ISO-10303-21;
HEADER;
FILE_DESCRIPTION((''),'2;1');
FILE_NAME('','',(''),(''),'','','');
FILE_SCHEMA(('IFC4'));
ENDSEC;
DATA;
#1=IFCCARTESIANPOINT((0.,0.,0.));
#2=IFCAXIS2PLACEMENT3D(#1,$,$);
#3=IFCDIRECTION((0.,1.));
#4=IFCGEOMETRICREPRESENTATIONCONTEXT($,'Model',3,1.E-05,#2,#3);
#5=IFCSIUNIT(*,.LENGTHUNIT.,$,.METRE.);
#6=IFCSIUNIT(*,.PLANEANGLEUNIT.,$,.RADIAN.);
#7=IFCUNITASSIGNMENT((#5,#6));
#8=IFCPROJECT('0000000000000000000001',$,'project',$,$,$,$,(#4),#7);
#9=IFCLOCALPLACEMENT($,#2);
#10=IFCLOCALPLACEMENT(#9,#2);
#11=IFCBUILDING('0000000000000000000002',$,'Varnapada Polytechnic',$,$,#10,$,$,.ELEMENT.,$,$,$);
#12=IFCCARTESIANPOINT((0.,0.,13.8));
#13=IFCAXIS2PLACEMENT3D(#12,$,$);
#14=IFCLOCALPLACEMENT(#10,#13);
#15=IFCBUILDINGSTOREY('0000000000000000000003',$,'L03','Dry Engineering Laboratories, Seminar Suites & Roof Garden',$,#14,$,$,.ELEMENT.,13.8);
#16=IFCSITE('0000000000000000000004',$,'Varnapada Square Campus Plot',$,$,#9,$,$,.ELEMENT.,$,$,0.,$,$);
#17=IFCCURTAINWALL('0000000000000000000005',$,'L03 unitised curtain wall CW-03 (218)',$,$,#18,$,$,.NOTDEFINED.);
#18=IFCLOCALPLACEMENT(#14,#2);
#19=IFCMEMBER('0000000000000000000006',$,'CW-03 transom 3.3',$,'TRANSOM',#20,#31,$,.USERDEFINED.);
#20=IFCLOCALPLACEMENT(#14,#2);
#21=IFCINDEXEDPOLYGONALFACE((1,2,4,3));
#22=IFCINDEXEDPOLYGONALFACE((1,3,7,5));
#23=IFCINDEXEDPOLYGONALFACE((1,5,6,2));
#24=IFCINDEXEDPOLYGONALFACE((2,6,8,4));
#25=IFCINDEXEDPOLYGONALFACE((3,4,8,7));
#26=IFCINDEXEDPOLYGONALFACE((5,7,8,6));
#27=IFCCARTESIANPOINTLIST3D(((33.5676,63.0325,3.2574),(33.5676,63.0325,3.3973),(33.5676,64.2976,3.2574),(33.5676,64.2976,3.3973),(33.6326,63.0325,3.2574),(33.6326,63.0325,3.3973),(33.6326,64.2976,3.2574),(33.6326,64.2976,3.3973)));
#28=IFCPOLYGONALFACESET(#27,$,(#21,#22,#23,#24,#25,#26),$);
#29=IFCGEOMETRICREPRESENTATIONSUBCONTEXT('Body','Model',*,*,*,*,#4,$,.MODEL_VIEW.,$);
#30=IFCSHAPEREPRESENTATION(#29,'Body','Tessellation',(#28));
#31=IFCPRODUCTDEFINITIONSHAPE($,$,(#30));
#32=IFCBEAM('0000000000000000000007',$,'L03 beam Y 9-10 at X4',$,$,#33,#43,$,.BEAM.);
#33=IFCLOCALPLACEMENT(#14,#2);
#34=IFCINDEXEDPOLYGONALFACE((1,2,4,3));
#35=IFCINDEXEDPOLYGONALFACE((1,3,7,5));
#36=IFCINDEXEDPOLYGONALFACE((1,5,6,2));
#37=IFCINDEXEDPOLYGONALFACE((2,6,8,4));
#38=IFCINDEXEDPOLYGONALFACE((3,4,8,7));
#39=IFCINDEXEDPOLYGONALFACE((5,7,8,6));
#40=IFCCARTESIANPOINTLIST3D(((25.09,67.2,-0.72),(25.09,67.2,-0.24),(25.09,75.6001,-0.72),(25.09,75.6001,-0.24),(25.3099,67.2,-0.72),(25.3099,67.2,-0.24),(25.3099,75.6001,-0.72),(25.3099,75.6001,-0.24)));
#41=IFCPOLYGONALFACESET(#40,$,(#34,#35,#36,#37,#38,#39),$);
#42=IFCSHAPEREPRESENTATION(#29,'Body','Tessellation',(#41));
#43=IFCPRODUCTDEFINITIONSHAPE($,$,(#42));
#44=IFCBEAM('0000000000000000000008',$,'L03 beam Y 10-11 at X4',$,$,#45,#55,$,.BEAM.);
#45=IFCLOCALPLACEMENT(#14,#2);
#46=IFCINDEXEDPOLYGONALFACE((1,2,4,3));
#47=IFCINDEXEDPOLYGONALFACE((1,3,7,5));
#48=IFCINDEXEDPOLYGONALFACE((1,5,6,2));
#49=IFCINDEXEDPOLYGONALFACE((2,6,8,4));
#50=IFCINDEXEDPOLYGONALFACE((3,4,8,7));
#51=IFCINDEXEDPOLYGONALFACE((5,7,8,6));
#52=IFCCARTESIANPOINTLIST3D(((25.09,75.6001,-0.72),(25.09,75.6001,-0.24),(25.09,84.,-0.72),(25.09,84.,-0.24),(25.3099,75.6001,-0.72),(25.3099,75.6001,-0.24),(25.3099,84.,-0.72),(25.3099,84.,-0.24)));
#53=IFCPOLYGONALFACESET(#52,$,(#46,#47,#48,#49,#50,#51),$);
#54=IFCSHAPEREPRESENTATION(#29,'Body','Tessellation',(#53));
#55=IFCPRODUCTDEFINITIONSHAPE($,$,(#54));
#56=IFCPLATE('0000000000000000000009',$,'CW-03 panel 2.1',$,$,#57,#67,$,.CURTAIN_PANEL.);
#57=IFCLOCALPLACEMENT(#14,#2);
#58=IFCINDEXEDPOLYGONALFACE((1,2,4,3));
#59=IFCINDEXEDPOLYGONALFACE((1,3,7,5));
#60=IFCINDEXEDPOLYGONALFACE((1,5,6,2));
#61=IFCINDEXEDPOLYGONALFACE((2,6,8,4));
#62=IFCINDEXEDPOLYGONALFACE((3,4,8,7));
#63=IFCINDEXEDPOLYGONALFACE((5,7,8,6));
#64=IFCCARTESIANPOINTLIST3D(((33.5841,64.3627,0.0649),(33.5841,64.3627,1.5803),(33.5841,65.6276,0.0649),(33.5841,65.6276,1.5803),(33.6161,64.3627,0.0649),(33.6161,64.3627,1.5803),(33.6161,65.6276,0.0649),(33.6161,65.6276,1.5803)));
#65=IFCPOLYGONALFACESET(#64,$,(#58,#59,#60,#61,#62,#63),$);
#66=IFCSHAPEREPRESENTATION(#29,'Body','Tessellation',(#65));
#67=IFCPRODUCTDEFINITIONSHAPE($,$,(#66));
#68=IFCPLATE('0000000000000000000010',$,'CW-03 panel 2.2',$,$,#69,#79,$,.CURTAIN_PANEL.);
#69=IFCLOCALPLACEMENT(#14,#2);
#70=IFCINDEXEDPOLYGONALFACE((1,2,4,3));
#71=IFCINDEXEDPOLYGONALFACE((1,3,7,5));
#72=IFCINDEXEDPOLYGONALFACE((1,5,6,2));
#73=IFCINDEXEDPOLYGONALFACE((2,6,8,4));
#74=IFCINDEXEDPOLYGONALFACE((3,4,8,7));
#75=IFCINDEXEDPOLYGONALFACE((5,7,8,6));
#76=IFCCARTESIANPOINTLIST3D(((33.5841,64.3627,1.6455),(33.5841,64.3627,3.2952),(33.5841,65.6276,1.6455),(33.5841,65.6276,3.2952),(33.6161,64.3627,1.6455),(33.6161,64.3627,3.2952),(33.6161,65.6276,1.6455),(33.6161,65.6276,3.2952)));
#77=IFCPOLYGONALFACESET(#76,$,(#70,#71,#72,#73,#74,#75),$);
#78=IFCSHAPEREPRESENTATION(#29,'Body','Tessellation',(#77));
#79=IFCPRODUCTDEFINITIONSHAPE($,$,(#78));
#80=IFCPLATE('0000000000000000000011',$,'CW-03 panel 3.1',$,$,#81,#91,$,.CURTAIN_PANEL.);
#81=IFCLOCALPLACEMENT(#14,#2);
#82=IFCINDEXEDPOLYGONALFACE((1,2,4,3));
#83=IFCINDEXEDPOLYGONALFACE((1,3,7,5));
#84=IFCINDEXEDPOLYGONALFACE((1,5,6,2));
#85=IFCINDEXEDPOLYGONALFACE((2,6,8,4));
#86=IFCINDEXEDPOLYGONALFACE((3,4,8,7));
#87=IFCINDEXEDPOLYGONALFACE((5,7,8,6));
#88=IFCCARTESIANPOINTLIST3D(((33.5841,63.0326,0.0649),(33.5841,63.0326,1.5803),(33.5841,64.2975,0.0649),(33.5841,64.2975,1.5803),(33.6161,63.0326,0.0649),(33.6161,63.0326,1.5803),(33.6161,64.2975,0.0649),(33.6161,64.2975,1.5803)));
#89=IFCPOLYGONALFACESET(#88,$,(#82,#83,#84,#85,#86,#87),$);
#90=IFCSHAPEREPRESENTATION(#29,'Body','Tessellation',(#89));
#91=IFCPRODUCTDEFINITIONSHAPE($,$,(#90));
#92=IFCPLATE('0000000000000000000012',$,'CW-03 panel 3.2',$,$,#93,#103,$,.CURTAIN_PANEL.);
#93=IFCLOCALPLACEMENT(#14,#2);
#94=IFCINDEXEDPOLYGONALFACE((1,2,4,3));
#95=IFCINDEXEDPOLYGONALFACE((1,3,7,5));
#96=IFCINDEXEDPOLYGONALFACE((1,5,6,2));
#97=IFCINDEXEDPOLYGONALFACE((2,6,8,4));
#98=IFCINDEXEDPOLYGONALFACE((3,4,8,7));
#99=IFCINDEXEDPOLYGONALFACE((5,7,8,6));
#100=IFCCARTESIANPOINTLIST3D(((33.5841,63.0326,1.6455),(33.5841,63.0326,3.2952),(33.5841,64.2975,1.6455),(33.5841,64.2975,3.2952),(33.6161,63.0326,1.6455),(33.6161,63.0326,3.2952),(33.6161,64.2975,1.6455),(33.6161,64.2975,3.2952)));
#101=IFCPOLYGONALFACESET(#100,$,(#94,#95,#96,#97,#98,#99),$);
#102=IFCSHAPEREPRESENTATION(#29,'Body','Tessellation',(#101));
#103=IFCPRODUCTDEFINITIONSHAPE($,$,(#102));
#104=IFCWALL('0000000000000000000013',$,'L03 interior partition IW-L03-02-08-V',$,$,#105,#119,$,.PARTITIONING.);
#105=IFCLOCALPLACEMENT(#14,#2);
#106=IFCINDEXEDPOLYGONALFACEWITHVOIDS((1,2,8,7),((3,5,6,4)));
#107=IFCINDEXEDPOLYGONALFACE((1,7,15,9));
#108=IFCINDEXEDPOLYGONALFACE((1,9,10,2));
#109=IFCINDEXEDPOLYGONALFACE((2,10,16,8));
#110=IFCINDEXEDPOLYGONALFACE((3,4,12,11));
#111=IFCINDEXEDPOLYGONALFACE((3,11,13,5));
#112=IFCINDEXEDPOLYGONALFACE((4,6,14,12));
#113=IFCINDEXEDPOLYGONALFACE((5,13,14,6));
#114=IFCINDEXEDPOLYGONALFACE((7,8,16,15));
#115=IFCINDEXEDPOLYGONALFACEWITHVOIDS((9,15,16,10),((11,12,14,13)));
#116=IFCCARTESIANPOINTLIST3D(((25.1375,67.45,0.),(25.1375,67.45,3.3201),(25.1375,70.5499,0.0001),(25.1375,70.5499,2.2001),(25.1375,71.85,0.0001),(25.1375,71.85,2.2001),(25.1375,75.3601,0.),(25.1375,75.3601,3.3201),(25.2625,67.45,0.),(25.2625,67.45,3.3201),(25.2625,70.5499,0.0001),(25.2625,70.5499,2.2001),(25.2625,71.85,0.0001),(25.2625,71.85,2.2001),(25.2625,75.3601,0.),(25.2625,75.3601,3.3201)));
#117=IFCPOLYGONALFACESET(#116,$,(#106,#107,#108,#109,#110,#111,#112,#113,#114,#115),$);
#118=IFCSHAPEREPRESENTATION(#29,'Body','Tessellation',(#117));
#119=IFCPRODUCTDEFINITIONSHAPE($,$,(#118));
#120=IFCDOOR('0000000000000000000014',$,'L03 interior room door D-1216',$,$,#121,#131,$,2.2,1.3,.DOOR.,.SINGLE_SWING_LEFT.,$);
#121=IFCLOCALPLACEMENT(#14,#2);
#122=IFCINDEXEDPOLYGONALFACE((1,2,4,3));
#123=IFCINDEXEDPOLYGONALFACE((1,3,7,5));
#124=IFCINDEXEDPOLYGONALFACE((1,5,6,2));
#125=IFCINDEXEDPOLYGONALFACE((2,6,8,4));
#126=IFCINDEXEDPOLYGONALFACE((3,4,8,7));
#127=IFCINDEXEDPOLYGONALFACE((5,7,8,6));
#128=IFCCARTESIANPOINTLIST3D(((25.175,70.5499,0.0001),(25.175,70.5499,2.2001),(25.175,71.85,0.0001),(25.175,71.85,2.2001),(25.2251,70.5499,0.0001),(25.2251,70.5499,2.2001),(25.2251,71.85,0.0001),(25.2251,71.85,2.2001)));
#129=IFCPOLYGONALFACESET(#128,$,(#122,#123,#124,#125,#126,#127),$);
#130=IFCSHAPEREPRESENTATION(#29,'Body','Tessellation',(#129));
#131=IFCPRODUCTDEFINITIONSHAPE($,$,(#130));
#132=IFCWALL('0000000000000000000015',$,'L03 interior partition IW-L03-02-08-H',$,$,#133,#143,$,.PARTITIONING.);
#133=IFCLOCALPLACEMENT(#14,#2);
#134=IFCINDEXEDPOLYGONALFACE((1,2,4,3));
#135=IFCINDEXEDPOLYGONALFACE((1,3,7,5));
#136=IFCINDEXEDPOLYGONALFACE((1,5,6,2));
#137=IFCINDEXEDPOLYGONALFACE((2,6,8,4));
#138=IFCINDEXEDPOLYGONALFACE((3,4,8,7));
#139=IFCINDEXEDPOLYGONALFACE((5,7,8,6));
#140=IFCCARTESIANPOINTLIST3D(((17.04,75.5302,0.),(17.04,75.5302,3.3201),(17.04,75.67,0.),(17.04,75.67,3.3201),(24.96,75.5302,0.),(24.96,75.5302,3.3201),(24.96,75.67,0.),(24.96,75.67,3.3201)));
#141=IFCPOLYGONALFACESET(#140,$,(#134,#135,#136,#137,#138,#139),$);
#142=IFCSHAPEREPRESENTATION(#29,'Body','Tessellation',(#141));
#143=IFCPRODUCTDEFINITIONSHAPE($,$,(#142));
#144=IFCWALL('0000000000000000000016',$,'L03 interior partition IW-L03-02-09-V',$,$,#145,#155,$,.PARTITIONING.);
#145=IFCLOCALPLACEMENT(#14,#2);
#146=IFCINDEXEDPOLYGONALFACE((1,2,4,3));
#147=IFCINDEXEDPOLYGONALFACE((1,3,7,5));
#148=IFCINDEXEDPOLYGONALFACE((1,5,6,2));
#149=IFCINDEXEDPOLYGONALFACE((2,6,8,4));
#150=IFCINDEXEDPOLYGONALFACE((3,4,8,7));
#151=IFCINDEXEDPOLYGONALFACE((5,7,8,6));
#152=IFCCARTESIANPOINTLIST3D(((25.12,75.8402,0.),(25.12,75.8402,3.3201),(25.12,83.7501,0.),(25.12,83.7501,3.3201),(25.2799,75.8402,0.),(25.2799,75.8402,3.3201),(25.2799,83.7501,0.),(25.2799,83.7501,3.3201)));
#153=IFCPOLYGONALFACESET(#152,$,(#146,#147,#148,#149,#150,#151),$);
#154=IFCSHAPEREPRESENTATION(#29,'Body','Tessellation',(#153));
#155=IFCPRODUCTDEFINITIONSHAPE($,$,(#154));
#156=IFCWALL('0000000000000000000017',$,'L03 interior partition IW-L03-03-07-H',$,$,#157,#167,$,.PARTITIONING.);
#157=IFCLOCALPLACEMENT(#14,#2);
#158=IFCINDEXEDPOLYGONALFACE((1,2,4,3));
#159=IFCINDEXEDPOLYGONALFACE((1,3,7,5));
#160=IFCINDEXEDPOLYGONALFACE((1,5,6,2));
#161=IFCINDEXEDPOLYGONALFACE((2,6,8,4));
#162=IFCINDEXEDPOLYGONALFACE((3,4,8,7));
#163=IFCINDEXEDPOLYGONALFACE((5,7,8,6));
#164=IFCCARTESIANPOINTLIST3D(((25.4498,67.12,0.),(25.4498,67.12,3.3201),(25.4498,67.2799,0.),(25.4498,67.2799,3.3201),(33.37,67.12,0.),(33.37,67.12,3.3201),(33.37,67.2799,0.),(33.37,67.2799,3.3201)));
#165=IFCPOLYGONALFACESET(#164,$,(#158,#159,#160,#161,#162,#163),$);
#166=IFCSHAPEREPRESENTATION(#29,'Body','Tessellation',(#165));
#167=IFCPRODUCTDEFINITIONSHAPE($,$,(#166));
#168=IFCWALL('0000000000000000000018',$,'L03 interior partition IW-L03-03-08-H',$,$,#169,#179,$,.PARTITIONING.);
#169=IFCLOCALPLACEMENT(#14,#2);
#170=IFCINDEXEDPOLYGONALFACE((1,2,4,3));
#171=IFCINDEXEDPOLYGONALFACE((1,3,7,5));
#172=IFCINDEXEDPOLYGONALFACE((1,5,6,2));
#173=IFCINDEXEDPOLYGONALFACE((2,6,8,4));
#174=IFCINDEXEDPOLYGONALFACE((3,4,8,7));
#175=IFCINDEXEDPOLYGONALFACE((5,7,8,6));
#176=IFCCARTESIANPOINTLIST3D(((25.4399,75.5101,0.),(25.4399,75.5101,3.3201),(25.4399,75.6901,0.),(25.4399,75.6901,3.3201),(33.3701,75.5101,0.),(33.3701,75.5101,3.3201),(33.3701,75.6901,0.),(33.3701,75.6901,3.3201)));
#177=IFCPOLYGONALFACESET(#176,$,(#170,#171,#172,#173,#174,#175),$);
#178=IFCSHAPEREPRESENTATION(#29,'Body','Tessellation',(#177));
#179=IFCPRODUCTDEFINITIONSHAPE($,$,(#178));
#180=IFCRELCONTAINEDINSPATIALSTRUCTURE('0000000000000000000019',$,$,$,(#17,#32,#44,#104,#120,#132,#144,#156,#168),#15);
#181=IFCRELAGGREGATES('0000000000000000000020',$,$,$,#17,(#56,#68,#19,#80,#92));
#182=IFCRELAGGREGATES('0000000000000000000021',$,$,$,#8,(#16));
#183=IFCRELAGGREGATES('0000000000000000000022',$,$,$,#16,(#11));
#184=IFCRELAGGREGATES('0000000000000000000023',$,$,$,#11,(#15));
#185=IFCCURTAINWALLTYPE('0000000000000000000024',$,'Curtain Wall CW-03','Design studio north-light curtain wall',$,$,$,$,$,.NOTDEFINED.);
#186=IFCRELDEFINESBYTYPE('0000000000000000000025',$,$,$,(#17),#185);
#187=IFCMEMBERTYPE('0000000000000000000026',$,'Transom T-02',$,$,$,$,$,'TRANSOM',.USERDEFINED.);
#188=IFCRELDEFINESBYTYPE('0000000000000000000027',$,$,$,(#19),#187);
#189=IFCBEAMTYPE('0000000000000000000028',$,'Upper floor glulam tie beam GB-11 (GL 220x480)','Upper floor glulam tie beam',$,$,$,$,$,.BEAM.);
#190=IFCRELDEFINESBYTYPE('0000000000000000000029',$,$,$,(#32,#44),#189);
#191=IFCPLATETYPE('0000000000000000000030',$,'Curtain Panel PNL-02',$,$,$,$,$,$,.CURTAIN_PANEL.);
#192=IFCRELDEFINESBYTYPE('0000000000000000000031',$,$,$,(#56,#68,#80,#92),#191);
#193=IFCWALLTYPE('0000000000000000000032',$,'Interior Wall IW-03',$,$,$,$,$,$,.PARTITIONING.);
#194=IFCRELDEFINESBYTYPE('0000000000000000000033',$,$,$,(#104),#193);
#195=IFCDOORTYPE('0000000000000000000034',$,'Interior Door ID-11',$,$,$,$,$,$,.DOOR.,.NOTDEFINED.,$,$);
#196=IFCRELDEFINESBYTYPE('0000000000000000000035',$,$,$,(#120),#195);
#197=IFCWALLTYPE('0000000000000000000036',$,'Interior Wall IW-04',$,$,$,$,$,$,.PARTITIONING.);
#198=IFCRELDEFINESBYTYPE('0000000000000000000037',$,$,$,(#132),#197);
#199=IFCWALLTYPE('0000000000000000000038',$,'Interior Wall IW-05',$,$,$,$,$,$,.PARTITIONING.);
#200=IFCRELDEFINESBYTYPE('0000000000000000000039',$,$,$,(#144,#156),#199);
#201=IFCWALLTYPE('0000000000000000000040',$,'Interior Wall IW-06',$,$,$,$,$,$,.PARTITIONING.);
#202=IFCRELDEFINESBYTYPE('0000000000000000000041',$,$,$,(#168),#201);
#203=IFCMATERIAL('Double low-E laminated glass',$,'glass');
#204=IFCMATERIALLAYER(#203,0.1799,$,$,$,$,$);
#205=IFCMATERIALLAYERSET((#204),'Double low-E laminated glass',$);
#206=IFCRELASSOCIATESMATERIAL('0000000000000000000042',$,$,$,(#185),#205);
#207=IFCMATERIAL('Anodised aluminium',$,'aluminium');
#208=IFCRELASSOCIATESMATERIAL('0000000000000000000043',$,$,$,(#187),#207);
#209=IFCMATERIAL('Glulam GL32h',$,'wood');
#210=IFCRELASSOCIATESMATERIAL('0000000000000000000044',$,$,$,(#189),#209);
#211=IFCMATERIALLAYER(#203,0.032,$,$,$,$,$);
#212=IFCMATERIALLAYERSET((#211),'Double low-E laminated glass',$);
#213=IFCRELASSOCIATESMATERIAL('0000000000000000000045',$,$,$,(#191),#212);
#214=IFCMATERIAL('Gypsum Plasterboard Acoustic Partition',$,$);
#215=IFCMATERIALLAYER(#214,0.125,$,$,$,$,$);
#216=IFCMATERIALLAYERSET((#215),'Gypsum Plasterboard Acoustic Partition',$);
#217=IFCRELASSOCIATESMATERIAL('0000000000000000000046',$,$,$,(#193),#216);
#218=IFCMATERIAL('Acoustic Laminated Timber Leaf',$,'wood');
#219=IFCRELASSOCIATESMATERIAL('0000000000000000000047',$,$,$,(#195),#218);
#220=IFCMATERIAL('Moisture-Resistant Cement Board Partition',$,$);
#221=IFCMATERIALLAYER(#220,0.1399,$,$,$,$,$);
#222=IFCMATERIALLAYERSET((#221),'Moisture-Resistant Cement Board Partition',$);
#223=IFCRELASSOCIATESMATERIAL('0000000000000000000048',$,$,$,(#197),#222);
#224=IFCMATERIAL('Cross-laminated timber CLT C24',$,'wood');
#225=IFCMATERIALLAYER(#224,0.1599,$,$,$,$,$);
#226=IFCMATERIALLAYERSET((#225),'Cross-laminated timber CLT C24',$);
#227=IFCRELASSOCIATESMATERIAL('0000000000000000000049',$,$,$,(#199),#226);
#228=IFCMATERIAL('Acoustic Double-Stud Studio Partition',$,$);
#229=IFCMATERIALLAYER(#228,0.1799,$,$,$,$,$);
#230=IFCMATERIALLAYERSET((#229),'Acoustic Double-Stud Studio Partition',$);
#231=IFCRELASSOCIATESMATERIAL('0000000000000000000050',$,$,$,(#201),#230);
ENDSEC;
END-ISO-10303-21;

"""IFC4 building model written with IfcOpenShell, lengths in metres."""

from ifc_helpers import new_model, si_unit, direction, frame, frame_2d, origin, origin_2d, place, context, subcontext, project, spatial, rectangle, extrude, material, layer, layer_set, material_profile, profile_set, type_object, element, fill, aggregate, save


model = new_model("IFC4")

# Units and contexts
model_context = context("Model", 3, precision=1e-05, world=origin(), true_north=direction((0.0, 1.0)))
body_context = subcontext(model_context, "Body", "Model", "MODEL_VIEW")
ifc_project = project(units=[si_unit("LENGTHUNIT", "METRE"), si_unit("PLANEANGLEUNIT", "RADIAN")], contexts=[model_context])

# Site, building, storey
site_placement = place(None, origin())
site = spatial("IfcSite", under=ifc_project, at=site_placement, Name="Varnapada Square Campus Plot", CompositionType="ELEMENT", RefElevation=0.0)
building_placement = place(site_placement, origin())
building = spatial("IfcBuilding", under=site, at=building_placement, Name="Varnapada Polytechnic", CompositionType="ELEMENT")
storey_placement = place(building_placement, frame((0.0, 0.0, 13.8)))
storey = spatial("IfcBuildingStorey", under=building, at=storey_placement, Name="L03", Description="Dry Engineering Laboratories, Seminar Suites & Roof Garden", CompositionType="ELEMENT", Elevation=13.8)

# Shared definitions
ifc_material_1 = material(Name="Glulam GL32h", Category="wood")

# Curtain wall
ifc_material_2 = material(Name="Double low-E laminated glass", Category="glass")
ifc_layer_1 = layer(ifc_material_2, 0.1799)
ifc_layer_set_1 = layer_set([ifc_layer_1], Name="Double low-E laminated glass")
curtain_wall_type = type_object("IfcCurtainWallType", Name="Curtain Wall CW-03", Description="Design studio north-light curtain wall", PredefinedType="NOTDEFINED", material=ifc_layer_set_1)
curtain_wall_placement = place(storey_placement, origin())
curtain_wall = element("IfcCurtainWall", 1, at=curtain_wall_placement, inside=storey, type_object=curtain_wall_type, Name="L03 unitised curtain wall CW-03 (218)", PredefinedType="NOTDEFINED")
ifc_material_3 = material(Name="Anodised aluminium", Category="aluminium")

# Member
ifc_material_profile_1 = material_profile(ifc_material_3, rectangle(XDim=0.0649, YDim=0.1399, at=origin_2d()), Name="ALU T65x140")
ifc_profile_set_1 = profile_set([ifc_material_profile_1], Name="Anodised aluminium")
member_type_1 = type_object("IfcMemberType", Name="Transom T-02", ElementType="TRANSOM", PredefinedType="USERDEFINED", material=ifc_profile_set_1)
member_1_placement = place(storey_placement, frame((33.6001, 64.2976, 3.3274), z_axis=(0.0, -1.0, 0.0), x_axis=(1.0, 0.0, 0.0)))
member_1 = element("IfcMember", 2, at=member_1_placement, type_object=member_type_1, Name="CW-03 transom 3.3", ObjectType="TRANSOM", PredefinedType="USERDEFINED", context=body_context, shape_type="SweptSolid", body=[
    extrude(rectangle(XDim=0.0649, YDim=0.1399, at=origin_2d()), origin(), (0.0, 0.0, 1.0), 1.2651),
])

# Beams
ifc_material_profile_2 = material_profile(ifc_material_1, rectangle(XDim=0.22, YDim=0.48, at=origin_2d()), Name="GL 220x480")
ifc_profile_set_2 = profile_set([ifc_material_profile_2], Name="Glulam GL32h")
beam_type_1 = type_object("IfcBeamType", Name="Upper floor glulam tie beam GB-11 (GL 220x480)", Description="Upper floor glulam tie beam", PredefinedType="BEAM", material=ifc_profile_set_2)
beam_1_placement = place(storey_placement, frame((25.2, 67.2, -0.48), z_axis=(0.0, 1.0, 0.0), x_axis=(-1.0, 0.0, 0.0)))
element("IfcBeam", 3, at=beam_1_placement, inside=storey, type_object=beam_type_1, Name="L03 beam Y 9-10 at X4", PredefinedType="BEAM", context=body_context, shape_type="SweptSolid", body=[
    extrude(rectangle(XDim=0.22, YDim=0.48, at=origin_2d()), origin(), (0.0, 0.0, 1.0), 8.4001),
])
beam_2_placement = place(storey_placement, frame((25.2, 75.6001, -0.48), z_axis=(0.0, 1.0, 0.0), x_axis=(-1.0, 0.0, 0.0)))
element("IfcBeam", 4, at=beam_2_placement, inside=storey, type_object=beam_type_1, Name="L03 beam Y 10-11 at X4", PredefinedType="BEAM", context=body_context, shape_type="SweptSolid", body=[
    extrude(rectangle(XDim=0.22, YDim=0.48, at=origin_2d()), origin(), (0.0, 0.0, 1.0), 8.3999),
])

# Plates
ifc_layer_2 = layer(ifc_material_2, 0.032)
ifc_layer_set_2 = layer_set([ifc_layer_2], Name="Double low-E laminated glass")
plate_type = type_object("IfcPlateType", Name="Curtain Panel PNL-02", PredefinedType="CURTAIN_PANEL", material=ifc_layer_set_2)
plate_1_placement = place(storey_placement, frame((33.6001, 64.9951, 0.0649), z_axis=(0.0, 0.0, 1.0), x_axis=(0.0, -1.0, 0.0)))
plate_1 = element("IfcPlate", 5, at=plate_1_placement, type_object=plate_type, Name="CW-03 panel 2.1", PredefinedType="CURTAIN_PANEL", context=body_context, shape_type="SweptSolid", body=[
    extrude(rectangle(XDim=1.2649, YDim=0.032, at=origin_2d()), origin(), (0.0, 0.0, 1.0), 1.5154),
])
plate_2_placement = place(storey_placement, frame((33.6001, 64.9951, 1.6455), z_axis=(0.0, 0.0, 1.0), x_axis=(0.0, -1.0, 0.0)))
plate_2 = element("IfcPlate", 6, at=plate_2_placement, type_object=plate_type, Name="CW-03 panel 2.2", PredefinedType="CURTAIN_PANEL", context=body_context, shape_type="SweptSolid", body=[
    extrude(rectangle(XDim=1.2649, YDim=0.032, at=origin_2d()), origin(), (0.0, 0.0, 1.0), 1.6497),
])
plate_3_placement = place(storey_placement, frame((33.6001, 63.665, 0.0649), z_axis=(0.0, 0.0, 1.0), x_axis=(0.0, -1.0, 0.0)))
plate_3 = element("IfcPlate", 7, at=plate_3_placement, type_object=plate_type, Name="CW-03 panel 3.1", PredefinedType="CURTAIN_PANEL", context=body_context, shape_type="SweptSolid", body=[
    extrude(rectangle(XDim=1.2649, YDim=0.032, at=origin_2d()), origin(), (0.0, 0.0, 1.0), 1.5154),
])
plate_4_placement = place(storey_placement, frame((33.6001, 63.665, 1.6455), z_axis=(0.0, 0.0, 1.0), x_axis=(0.0, -1.0, 0.0)))
plate_4 = element("IfcPlate", 8, at=plate_4_placement, type_object=plate_type, Name="CW-03 panel 3.2", PredefinedType="CURTAIN_PANEL", context=body_context, shape_type="SweptSolid", body=[
    extrude(rectangle(XDim=1.2649, YDim=0.032, at=origin_2d()), origin(), (0.0, 0.0, 1.0), 1.6497),
])
aggregate(curtain_wall, [plate_1, plate_2, member_1, plate_3, plate_4])

# Wall, opening, door
ifc_material_4 = material(Name="Gypsum Plasterboard Acoustic Partition")
ifc_layer_3 = layer(ifc_material_4, 0.125)
ifc_layer_set_3 = layer_set([ifc_layer_3], Name="Gypsum Plasterboard Acoustic Partition")
wall_type_1 = type_object("IfcWallType", Name="Interior Wall IW-03", PredefinedType="PARTITIONING", material=ifc_layer_set_3)
wall_1_placement = place(storey_placement, frame((25.2, 67.45, 0.0), z_axis=(0.0, 0.0, 1.0), x_axis=(0.0, 1.0, 0.0)))
wall_1 = element("IfcWall", 9, at=wall_1_placement, inside=storey, type_object=wall_type_1, Name="L03 interior partition IW-L03-02-08-V", PredefinedType="PARTITIONING", context=body_context, shape_type="SweptSolid", body=[
    extrude(rectangle(XDim=7.9102, YDim=0.125, at=frame_2d((3.9551, 0.0))), origin(), (0.0, 0.0, 1.0), 3.3201),
])
opening_placement = place(wall_1_placement, frame((3.1001, 0.0, 0.0)))
opening = element("IfcOpeningElement", 10, at=opening_placement, cuts=wall_1, PredefinedType="OPENING", context=body_context, shape_type="SweptSolid", body=[
    extrude(rectangle(XDim=1.3, YDim=2.2, at=frame_2d((0.6499, 1.1001))), frame((0.0, 0.0725, 0.0), z_axis=(0.0, -1.0, 0.0), x_axis=(1.0, 0.0, 0.0)), (0.0, 0.0, 1.0), 0.145),
])
ifc_material_5 = material(Name="Acoustic Laminated Timber Leaf", Category="wood")
door_type = type_object("IfcDoorType", Name="Interior Door ID-11", OperationType="NOTDEFINED", PredefinedType="DOOR", material=ifc_material_5)
door_placement = place(opening_placement, origin())
door = element("IfcDoor", 11, at=door_placement, inside=storey, type_object=door_type, Name="L03 interior room door D-1216", OperationType="SINGLE_SWING_LEFT", OverallHeight=2.2, OverallWidth=1.3, PredefinedType="DOOR", context=body_context, shape_type="SweptSolid", body=[
    extrude(rectangle(XDim=1.3, YDim=2.2, at=frame_2d((0.6499, 1.1001))), frame((0.0, 0.0249, 0.0), z_axis=(0.0, -1.0, 0.0), x_axis=(1.0, 0.0, 0.0)), (0.0, 0.0, 1.0), 0.05),
])
fill(opening, door)

# Walls
ifc_material_6 = material(Name="Moisture-Resistant Cement Board Partition")
ifc_layer_4 = layer(ifc_material_6, 0.1399)
ifc_layer_set_4 = layer_set([ifc_layer_4], Name="Moisture-Resistant Cement Board Partition")
wall_type_2 = type_object("IfcWallType", Name="Interior Wall IW-04", PredefinedType="PARTITIONING", material=ifc_layer_set_4)
wall_2_placement = place(storey_placement, frame((17.04, 75.6001, 0.0), z_axis=(0.0, 0.0, 1.0), x_axis=(1.0, 0.0, 0.0)))
element("IfcWall", 12, at=wall_2_placement, inside=storey, type_object=wall_type_2, Name="L03 interior partition IW-L03-02-08-H", PredefinedType="PARTITIONING", context=body_context, shape_type="SweptSolid", body=[
    extrude(rectangle(XDim=7.9199, YDim=0.1399, at=frame_2d((3.96, 0.0))), origin(), (0.0, 0.0, 1.0), 3.3201),
])
ifc_material_7 = material(Name="Cross-laminated timber CLT C24", Category="wood")
ifc_layer_5 = layer(ifc_material_7, 0.1599)
ifc_layer_set_5 = layer_set([ifc_layer_5], Name="Cross-laminated timber CLT C24")
wall_type_3 = type_object("IfcWallType", Name="Interior Wall IW-05", PredefinedType="PARTITIONING", material=ifc_layer_set_5)
wall_3_placement = place(storey_placement, frame((25.2, 75.8401, 0.0), z_axis=(0.0, 0.0, 1.0), x_axis=(0.0, 1.0, 0.0)))
element("IfcWall", 13, at=wall_3_placement, inside=storey, type_object=wall_type_3, Name="L03 interior partition IW-L03-02-09-V", PredefinedType="PARTITIONING", context=body_context, shape_type="SweptSolid", body=[
    extrude(rectangle(XDim=7.9099, YDim=0.1599, at=frame_2d((3.9551, 0.0))), origin(), (0.0, 0.0, 1.0), 3.3201),
])
wall_4_placement = place(storey_placement, frame((25.45, 67.2, 0.0), z_axis=(0.0, 0.0, 1.0), x_axis=(1.0, 0.0, 0.0)))
element("IfcWall", 14, at=wall_4_placement, inside=storey, type_object=wall_type_3, Name="L03 interior partition IW-L03-03-07-H", PredefinedType="PARTITIONING", context=body_context, shape_type="SweptSolid", body=[
    extrude(rectangle(XDim=7.9202, YDim=0.1599, at=frame_2d((3.96, 0.0))), origin(), (0.0, 0.0, 1.0), 3.3201),
])
ifc_material_8 = material(Name="Acoustic Double-Stud Studio Partition")
ifc_layer_6 = layer(ifc_material_8, 0.1799)
ifc_layer_set_6 = layer_set([ifc_layer_6], Name="Acoustic Double-Stud Studio Partition")
wall_type_4 = type_object("IfcWallType", Name="Interior Wall IW-06", PredefinedType="PARTITIONING", material=ifc_layer_set_6)
wall_5_placement = place(storey_placement, frame((25.4399, 75.6001, 0.0), z_axis=(0.0, 0.0, 1.0), x_axis=(1.0, 0.0, 0.0)))
element("IfcWall", 15, at=wall_5_placement, inside=storey, type_object=wall_type_4, Name="L03 interior partition IW-L03-03-08-H", PredefinedType="PARTITIONING", context=body_context, shape_type="SweptSolid", body=[
    extrude(rectangle(XDim=7.9302, YDim=0.1799, at=frame_2d((3.9651, 0.0))), origin(), (0.0, 0.0, 1.0), 3.3201),
])

save(model, "model.ifc")
